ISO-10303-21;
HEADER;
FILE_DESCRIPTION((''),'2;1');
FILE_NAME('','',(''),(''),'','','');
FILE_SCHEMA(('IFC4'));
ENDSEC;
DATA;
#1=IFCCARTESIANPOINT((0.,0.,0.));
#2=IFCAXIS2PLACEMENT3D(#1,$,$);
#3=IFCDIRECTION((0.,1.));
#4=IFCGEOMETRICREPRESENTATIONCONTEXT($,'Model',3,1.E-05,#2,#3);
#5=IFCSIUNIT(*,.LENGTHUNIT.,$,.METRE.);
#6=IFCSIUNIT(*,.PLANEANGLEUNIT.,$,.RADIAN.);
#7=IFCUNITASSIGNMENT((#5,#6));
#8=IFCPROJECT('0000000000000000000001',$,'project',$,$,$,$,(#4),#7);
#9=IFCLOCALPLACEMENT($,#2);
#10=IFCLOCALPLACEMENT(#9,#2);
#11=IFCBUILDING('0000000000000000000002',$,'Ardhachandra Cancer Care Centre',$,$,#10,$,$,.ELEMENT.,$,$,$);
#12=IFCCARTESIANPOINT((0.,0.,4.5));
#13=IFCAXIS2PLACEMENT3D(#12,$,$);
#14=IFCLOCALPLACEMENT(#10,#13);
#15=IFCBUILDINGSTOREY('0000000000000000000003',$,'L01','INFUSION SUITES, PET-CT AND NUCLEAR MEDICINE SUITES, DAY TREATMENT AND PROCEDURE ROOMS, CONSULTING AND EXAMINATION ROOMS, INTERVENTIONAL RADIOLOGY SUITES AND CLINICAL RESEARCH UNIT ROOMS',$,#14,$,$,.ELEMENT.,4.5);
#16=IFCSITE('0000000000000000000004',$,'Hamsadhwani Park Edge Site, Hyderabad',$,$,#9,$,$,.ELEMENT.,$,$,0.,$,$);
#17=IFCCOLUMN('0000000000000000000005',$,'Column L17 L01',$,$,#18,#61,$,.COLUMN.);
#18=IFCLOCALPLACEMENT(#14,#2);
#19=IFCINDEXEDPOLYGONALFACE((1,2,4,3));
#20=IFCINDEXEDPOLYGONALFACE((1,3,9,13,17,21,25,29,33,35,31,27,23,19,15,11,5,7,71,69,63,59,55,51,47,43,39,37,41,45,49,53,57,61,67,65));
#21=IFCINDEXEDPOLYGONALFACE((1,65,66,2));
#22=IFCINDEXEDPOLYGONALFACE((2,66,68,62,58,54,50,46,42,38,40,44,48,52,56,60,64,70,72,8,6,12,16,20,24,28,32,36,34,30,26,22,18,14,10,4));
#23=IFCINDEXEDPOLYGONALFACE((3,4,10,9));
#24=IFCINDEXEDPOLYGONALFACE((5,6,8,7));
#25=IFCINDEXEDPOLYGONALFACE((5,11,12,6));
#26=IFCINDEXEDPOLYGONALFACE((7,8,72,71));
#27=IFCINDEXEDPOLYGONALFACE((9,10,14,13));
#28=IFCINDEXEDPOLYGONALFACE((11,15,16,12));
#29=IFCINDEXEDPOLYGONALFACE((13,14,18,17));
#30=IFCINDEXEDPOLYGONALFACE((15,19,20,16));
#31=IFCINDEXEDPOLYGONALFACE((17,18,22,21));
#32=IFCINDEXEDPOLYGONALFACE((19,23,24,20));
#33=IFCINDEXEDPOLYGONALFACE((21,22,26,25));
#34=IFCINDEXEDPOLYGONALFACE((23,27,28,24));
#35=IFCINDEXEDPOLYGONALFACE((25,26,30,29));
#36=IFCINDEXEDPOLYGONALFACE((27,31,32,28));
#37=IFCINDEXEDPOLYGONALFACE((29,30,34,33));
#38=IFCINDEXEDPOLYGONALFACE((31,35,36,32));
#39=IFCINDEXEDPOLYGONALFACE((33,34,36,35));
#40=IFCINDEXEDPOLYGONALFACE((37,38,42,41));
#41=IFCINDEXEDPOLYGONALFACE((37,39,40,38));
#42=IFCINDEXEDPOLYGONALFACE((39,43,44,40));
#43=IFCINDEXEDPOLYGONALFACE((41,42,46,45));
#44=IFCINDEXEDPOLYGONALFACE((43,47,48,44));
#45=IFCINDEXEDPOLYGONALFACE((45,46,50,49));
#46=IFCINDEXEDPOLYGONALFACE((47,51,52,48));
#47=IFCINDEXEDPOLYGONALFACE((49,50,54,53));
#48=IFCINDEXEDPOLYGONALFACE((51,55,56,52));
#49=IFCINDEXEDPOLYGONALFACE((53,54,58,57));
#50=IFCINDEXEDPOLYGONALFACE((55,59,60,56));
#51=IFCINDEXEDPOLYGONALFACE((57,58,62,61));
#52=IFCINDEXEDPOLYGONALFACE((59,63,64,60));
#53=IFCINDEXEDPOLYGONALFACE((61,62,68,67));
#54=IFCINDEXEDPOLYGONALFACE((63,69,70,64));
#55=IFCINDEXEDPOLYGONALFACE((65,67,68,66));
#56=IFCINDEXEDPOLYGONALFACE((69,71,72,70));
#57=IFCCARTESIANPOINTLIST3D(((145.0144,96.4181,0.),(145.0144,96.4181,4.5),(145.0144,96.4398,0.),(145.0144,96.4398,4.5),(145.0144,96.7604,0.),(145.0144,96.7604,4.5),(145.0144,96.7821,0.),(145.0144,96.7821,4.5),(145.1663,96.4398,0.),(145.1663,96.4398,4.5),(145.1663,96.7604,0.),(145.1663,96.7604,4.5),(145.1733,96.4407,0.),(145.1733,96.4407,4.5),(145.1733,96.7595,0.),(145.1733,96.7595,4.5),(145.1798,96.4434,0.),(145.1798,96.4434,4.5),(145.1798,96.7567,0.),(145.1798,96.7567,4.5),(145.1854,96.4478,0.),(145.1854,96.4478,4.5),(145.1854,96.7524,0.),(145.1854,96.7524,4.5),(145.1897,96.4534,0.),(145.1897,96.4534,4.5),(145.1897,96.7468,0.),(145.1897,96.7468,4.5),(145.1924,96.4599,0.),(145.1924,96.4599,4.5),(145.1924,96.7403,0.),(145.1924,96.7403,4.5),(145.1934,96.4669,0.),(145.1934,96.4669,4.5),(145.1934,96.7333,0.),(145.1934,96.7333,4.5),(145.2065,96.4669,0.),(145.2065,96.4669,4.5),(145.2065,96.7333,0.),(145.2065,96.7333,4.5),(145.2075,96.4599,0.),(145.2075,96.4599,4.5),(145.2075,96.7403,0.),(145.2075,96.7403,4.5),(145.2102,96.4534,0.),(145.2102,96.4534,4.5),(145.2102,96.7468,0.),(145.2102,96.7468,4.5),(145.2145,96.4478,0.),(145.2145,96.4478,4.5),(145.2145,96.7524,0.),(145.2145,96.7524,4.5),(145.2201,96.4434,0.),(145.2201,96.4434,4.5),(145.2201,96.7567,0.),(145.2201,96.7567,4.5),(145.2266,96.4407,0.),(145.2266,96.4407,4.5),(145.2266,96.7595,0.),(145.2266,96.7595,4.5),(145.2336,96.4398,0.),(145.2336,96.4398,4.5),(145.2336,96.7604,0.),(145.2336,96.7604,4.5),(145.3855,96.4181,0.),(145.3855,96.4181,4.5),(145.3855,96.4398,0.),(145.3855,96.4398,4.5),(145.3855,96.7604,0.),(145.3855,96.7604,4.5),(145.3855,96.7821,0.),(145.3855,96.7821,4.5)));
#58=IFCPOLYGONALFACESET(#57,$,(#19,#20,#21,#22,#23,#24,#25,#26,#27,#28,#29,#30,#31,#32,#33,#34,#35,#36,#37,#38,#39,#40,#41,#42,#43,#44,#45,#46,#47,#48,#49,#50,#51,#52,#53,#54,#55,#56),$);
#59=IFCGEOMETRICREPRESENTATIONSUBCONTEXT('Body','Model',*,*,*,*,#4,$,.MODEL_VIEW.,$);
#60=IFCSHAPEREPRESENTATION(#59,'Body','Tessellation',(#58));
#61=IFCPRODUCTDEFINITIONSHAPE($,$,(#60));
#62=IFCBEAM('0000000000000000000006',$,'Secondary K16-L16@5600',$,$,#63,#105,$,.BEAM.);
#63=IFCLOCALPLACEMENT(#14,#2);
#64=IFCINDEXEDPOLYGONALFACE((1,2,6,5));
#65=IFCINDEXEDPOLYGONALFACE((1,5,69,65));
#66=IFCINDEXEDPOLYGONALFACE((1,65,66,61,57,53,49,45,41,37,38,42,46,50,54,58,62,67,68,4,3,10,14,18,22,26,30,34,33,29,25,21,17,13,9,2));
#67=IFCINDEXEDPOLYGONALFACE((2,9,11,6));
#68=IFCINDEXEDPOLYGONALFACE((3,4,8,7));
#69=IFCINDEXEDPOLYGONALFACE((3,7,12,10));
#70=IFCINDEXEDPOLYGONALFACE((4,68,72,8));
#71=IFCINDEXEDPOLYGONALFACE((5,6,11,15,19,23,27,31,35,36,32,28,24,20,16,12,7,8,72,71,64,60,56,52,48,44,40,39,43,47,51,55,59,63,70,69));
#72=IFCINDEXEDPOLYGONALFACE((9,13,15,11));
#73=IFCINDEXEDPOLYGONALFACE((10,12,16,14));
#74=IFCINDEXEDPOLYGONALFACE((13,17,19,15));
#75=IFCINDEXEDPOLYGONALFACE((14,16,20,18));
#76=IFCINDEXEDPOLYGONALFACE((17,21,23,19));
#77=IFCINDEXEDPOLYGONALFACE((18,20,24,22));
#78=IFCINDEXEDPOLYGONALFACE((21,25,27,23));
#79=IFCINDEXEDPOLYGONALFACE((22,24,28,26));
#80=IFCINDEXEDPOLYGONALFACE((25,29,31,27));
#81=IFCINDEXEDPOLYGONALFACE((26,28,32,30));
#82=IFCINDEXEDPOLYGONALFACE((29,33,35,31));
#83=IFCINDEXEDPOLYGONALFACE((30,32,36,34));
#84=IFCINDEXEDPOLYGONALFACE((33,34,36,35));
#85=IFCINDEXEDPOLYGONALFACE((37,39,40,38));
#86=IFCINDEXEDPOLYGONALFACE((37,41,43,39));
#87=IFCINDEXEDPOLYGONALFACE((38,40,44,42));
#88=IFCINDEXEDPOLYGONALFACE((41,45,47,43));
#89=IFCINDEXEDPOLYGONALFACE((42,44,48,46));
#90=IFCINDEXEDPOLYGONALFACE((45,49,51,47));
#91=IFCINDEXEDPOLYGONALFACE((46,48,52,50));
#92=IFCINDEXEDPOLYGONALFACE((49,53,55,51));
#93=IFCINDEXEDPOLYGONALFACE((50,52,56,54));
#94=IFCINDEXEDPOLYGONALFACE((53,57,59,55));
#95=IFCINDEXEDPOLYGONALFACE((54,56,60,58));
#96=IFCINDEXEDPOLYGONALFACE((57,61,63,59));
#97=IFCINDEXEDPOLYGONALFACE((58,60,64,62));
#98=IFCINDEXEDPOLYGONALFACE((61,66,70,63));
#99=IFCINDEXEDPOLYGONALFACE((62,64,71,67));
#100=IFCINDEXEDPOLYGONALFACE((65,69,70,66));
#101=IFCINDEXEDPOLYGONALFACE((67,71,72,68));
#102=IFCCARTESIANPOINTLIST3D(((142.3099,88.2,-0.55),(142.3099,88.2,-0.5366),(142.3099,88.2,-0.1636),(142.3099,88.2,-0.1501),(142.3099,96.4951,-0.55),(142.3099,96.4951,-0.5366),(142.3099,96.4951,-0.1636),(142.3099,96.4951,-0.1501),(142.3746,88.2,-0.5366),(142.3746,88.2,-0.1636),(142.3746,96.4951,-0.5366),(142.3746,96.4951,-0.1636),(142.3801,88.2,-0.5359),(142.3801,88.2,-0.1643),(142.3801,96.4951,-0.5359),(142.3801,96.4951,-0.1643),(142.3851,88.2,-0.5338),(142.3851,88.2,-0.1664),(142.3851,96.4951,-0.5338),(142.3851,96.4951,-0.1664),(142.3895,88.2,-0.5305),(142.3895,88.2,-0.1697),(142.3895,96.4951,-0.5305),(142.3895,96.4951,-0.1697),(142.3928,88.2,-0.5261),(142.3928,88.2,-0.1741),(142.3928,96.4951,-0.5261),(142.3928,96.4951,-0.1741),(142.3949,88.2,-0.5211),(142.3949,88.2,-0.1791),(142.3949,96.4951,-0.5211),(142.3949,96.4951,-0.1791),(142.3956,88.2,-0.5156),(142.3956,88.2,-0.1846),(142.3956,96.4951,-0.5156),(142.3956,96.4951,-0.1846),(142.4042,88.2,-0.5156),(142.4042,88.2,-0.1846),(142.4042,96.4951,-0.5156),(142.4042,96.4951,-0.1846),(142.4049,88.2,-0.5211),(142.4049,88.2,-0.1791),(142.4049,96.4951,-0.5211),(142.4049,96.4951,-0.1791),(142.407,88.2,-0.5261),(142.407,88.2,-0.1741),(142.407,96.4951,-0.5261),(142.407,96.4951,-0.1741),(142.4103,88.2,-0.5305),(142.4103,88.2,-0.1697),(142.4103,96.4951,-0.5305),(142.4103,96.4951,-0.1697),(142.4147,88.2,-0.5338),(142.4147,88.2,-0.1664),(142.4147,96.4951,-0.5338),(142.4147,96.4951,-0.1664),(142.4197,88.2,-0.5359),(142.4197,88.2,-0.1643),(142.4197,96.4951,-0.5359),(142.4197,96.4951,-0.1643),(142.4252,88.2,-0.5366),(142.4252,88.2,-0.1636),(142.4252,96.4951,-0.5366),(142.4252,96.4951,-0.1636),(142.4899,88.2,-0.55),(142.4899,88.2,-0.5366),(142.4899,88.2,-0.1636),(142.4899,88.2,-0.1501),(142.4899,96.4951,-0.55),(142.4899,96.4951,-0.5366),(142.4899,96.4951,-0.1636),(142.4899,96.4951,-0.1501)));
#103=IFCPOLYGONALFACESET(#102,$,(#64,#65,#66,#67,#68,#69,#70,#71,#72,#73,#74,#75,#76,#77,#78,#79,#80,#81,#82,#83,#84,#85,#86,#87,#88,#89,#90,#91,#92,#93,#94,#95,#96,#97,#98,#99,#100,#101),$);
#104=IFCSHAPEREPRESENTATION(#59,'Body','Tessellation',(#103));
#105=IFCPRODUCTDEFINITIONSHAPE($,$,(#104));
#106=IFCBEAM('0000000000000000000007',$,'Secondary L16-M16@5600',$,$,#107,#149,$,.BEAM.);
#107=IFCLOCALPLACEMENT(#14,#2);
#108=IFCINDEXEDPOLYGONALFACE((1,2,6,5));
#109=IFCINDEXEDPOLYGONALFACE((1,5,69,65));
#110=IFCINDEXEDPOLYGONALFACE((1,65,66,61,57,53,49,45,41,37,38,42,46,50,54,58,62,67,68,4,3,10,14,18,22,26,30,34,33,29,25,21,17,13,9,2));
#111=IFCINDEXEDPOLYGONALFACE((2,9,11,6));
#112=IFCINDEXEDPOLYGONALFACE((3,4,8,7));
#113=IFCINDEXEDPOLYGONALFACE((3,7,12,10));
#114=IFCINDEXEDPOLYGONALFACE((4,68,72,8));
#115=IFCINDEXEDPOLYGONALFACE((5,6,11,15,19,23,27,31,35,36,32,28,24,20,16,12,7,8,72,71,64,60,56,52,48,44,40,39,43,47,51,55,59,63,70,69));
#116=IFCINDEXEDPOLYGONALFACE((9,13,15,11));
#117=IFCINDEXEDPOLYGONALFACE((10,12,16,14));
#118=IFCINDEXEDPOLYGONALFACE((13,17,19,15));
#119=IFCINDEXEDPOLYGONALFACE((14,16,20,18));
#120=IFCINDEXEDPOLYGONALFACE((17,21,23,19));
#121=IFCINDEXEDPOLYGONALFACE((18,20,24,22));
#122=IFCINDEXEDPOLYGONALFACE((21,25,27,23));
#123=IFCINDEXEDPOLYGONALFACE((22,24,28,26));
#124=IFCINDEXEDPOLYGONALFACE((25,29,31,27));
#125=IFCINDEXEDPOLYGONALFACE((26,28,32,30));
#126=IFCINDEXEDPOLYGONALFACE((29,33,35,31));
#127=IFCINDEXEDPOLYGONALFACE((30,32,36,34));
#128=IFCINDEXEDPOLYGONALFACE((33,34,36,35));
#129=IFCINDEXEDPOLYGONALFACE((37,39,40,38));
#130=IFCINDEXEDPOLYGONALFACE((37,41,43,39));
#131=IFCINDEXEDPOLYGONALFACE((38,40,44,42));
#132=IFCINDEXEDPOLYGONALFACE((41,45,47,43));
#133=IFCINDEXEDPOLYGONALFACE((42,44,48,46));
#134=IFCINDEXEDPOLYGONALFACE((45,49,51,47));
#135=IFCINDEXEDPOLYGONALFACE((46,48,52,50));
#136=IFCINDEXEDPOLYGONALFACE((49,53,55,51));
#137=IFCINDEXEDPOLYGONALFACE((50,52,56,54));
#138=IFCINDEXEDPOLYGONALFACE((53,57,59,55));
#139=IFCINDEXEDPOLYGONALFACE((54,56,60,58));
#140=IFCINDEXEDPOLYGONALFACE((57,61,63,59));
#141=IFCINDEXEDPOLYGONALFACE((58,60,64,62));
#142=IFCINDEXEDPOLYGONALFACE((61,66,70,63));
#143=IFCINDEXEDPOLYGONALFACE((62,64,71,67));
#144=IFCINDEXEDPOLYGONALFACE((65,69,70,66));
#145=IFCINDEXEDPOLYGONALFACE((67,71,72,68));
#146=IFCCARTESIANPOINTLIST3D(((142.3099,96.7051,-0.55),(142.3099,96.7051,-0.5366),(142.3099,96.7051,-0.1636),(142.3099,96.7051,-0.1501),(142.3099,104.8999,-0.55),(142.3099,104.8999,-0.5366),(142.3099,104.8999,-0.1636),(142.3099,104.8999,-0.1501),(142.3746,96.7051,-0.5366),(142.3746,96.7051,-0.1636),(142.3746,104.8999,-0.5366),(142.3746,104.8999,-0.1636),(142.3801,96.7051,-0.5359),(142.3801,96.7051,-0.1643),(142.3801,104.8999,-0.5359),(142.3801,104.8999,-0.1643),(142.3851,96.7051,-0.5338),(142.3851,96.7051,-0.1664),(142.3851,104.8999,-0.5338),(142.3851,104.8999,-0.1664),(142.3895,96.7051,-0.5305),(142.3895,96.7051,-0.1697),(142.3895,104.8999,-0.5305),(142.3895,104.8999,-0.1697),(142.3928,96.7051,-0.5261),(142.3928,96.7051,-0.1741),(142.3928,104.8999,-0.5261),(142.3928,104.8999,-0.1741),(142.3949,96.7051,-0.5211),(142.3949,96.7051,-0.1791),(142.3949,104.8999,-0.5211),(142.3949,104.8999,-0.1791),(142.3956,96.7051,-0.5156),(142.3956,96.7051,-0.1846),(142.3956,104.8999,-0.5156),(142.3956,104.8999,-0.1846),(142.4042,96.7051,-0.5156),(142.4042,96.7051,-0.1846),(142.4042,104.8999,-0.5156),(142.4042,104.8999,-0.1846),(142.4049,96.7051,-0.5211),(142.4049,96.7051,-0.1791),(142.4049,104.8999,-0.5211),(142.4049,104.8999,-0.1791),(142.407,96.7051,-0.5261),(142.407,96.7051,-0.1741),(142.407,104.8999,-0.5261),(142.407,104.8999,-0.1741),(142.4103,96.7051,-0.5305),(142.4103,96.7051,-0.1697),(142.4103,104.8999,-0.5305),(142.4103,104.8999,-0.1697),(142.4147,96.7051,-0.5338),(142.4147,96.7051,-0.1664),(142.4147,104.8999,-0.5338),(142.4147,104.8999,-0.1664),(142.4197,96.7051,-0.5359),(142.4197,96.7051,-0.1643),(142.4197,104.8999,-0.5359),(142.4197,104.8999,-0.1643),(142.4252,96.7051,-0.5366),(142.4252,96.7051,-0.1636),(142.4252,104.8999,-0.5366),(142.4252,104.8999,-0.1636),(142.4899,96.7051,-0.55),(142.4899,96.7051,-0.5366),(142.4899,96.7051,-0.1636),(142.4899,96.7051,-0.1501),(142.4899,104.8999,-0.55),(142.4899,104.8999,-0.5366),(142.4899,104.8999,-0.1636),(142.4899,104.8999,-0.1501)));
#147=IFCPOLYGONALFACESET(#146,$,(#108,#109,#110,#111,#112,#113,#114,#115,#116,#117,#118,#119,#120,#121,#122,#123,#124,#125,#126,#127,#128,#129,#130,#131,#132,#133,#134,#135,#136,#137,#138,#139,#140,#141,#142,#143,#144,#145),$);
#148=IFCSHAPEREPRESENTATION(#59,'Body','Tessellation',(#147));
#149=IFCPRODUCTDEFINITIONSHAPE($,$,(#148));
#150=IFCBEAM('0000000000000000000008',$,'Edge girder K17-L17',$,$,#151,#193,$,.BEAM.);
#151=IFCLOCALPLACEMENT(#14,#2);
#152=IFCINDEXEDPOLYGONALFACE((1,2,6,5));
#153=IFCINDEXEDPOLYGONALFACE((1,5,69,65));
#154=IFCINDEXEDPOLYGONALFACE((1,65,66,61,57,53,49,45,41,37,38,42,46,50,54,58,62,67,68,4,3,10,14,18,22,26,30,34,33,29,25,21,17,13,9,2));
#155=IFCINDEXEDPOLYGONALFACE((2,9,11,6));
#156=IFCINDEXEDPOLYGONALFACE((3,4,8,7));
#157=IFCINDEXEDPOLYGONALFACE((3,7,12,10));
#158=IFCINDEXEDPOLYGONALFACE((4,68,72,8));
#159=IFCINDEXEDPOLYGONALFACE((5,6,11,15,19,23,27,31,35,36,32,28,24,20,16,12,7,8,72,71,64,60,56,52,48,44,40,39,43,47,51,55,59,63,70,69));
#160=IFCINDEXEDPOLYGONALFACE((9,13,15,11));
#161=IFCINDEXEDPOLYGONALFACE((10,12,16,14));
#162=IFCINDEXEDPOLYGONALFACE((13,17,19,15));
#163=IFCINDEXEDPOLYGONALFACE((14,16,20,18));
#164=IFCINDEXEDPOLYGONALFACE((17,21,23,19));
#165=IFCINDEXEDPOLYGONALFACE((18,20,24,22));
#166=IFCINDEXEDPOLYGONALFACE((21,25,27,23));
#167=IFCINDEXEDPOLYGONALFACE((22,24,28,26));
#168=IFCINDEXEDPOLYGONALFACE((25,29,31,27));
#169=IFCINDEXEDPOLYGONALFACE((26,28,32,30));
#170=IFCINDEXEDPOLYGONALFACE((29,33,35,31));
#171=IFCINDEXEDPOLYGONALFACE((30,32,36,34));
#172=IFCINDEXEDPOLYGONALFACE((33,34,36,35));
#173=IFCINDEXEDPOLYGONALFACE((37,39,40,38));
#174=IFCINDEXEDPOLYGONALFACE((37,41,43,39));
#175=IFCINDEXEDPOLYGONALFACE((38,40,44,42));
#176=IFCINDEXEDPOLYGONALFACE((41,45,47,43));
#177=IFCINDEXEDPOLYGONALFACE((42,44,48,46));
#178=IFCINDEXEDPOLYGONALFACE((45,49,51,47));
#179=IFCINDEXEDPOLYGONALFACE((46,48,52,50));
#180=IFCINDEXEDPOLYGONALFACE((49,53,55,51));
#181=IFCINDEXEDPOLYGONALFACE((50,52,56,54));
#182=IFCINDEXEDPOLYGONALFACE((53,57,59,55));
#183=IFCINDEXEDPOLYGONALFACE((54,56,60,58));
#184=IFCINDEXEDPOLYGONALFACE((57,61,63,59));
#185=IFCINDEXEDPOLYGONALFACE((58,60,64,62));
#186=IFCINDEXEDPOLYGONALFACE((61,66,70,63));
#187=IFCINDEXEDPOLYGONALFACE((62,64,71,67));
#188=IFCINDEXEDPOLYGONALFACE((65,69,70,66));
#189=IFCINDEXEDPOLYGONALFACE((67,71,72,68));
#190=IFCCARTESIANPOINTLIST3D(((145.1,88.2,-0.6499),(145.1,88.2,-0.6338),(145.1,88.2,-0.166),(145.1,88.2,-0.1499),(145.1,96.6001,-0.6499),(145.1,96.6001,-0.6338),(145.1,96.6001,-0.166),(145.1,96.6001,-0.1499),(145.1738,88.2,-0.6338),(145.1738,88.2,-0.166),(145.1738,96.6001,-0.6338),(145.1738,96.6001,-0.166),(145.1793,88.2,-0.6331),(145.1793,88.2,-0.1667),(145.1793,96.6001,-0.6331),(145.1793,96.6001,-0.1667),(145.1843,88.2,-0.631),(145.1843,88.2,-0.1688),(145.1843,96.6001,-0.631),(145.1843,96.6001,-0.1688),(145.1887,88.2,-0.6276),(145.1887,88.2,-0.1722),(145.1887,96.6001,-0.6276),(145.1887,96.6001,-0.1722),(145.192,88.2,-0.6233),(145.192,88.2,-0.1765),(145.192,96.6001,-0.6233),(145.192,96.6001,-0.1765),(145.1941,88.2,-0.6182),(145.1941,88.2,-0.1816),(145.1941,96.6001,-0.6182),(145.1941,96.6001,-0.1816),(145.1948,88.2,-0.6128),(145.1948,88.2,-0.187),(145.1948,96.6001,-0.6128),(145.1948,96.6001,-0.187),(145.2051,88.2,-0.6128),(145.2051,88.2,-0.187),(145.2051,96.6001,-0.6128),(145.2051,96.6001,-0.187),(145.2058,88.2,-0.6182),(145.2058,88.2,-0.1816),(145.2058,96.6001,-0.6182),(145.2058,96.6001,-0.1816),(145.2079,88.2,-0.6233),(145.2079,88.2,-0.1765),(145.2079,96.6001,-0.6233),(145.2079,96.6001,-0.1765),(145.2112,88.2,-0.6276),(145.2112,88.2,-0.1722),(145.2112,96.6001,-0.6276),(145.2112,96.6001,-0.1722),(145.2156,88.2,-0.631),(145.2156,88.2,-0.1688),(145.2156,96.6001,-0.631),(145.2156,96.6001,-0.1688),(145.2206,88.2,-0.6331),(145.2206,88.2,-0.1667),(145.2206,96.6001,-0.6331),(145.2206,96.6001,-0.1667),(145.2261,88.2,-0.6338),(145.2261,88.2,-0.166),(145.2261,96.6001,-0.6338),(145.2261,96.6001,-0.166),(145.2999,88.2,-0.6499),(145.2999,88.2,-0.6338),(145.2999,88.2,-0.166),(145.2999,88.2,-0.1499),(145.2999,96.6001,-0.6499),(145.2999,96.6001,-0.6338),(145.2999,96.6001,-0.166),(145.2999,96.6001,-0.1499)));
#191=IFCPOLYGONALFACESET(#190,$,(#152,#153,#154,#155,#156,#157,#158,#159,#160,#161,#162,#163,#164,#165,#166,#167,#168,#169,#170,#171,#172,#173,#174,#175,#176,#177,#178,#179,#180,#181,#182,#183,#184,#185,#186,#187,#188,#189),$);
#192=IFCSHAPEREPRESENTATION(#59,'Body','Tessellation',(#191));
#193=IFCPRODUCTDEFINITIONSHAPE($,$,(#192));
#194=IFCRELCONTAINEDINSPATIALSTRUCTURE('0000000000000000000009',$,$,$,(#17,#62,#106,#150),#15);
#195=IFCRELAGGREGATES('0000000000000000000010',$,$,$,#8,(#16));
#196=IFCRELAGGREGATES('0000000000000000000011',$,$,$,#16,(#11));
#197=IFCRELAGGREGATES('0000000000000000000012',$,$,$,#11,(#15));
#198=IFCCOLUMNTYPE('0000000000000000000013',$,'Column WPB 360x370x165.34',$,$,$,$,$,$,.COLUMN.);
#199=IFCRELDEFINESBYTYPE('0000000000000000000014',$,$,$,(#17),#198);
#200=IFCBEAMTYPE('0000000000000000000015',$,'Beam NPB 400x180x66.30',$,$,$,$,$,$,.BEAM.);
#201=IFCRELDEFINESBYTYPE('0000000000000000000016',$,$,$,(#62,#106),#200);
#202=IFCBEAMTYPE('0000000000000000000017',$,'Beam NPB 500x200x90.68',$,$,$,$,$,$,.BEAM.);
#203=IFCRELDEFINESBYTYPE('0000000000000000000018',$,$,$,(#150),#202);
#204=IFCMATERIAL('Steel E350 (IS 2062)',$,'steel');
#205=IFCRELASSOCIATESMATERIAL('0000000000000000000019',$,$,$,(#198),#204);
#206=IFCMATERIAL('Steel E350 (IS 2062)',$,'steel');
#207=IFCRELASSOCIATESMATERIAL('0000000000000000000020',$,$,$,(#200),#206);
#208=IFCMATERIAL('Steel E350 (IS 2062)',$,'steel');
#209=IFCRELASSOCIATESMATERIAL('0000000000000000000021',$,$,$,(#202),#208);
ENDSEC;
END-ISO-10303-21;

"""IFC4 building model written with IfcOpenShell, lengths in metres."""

from ifc_helpers import new_model, si_unit, direction, frame, origin, origin_2d, place, context, subcontext, project, spatial, i_section, extrude, material, material_profile, profile_set, type_object, element, save


model = new_model("IFC4")

# Units and contexts
model_context = context("Model", 3, precision=1e-05, world=origin(), true_north=direction((0.0, 1.0)))
body_context = subcontext(model_context, "Body", "Model", "MODEL_VIEW")
ifc_project = project(units=[si_unit("LENGTHUNIT", "METRE"), si_unit("PLANEANGLEUNIT", "RADIAN")], contexts=[model_context])

# Site, building, storey
site_placement = place(None, origin())
site = spatial("IfcSite", under=ifc_project, at=site_placement, Name="Hamsadhwani Park Edge Site, Hyderabad", CompositionType="ELEMENT", RefElevation=0.0)
building_placement = place(site_placement, origin())
building = spatial("IfcBuilding", under=site, at=building_placement, Name="Ardhachandra Cancer Care Centre", CompositionType="ELEMENT")
storey_placement = place(building_placement, frame((0.0, 0.0, 4.5)))
storey = spatial("IfcBuildingStorey", under=building, at=storey_placement, Name="L01", Description="INFUSION SUITES, PET-CT AND NUCLEAR MEDICINE SUITES, DAY TREATMENT AND PROCEDURE ROOMS, CONSULTING AND EXAMINATION ROOMS, INTERVENTIONAL RADIOLOGY SUITES AND CLINICAL RESEARCH UNIT ROOMS", CompositionType="ELEMENT", Elevation=4.5)

# Column
ifc_material_1 = material(Name="Steel E350 (IS 2062)", Category="steel")
ifc_material_profile_1 = material_profile(ifc_material_1, i_section(OverallWidth=0.3711, OverallDepth=0.364, WebThickness=0.0132, FlangeThickness=0.0217, FilletRadius=0.0271, at=origin_2d()), Name="WPB 360x370x165.34")
ifc_profile_set_1 = profile_set([ifc_material_profile_1], Name="Steel E350 (IS 2062)")
column_type = type_object("IfcColumnType", Name="Column WPB 360x370x165.34", PredefinedType="COLUMN", material=ifc_profile_set_1)
column_placement = place(storey_placement, frame((145.2, 96.6001, 0.0), z_axis=(0.0, 0.0, 1.0), x_axis=(1.0, 0.0, 0.0)))
element("IfcColumn", 1, at=column_placement, inside=storey, type_object=column_type, Name="Column L17 L01", PredefinedType="COLUMN", context=body_context, shape_type="SweptSolid", body=[
    extrude(i_section(OverallWidth=0.3711, OverallDepth=0.364, WebThickness=0.0132, FlangeThickness=0.0217, FilletRadius=0.0271, at=origin_2d()), origin(), (0.0, 0.0, 1.0), 4.5),
])

# Beams
ifc_material_2 = material(Name="Steel E350 (IS 2062)", Category="steel")
ifc_material_profile_2 = material_profile(ifc_material_2, i_section(OverallWidth=0.1799, OverallDepth=0.3999, WebThickness=0.0085, FlangeThickness=0.0134, FilletRadius=0.021, at=origin_2d()), Name="NPB 400x180x66.30")
ifc_profile_set_2 = profile_set([ifc_material_profile_2], Name="Steel E350 (IS 2062)")
beam_type_1 = type_object("IfcBeamType", Name="Beam NPB 400x180x66.30", PredefinedType="BEAM", material=ifc_profile_set_2)
beam_1_placement = place(storey_placement, frame((142.3999, 88.2, -0.3501), z_axis=(0.0, 1.0, 0.0), x_axis=(-1.0, 0.0, 0.0)))
element("IfcBeam", 2, at=beam_1_placement, inside=storey, type_object=beam_type_1, Name="Secondary K16-L16@5600", PredefinedType="BEAM", context=body_context, shape_type="SweptSolid", body=[
    extrude(i_section(OverallWidth=0.1799, OverallDepth=0.3999, WebThickness=0.0085, FlangeThickness=0.0134, FilletRadius=0.021, at=origin_2d()), origin(), (0.0, 0.0, 1.0), 8.2952),
])
beam_2_placement = place(storey_placement, frame((142.3999, 96.7051, -0.3501), z_axis=(0.0, 1.0, 0.0), x_axis=(-1.0, 0.0, 0.0)))
element("IfcBeam", 3, at=beam_2_placement, inside=storey, type_object=beam_type_1, Name="Secondary L16-M16@5600", PredefinedType="BEAM", context=body_context, shape_type="SweptSolid", body=[
    extrude(i_section(OverallWidth=0.1799, OverallDepth=0.3999, WebThickness=0.0085, FlangeThickness=0.0134, FilletRadius=0.021, at=origin_2d()), origin(), (0.0, 0.0, 1.0), 8.1948),
])
ifc_material_3 = material(Name="Steel E350 (IS 2062)", Category="steel")
ifc_material_profile_3 = material_profile(ifc_material_3, i_section(OverallWidth=0.2, OverallDepth=0.5, WebThickness=0.0103, FlangeThickness=0.0161, FilletRadius=0.021, at=origin_2d()), Name="NPB 500x200x90.68")
ifc_profile_set_3 = profile_set([ifc_material_profile_3], Name="Steel E350 (IS 2062)")
beam_type_2 = type_object("IfcBeamType", Name="Beam NPB 500x200x90.68", PredefinedType="BEAM", material=ifc_profile_set_3)
beam_3_placement = place(storey_placement, frame((145.2, 88.2, -0.3999), z_axis=(0.0, 1.0, 0.0), x_axis=(-1.0, 0.0, 0.0)))
element("IfcBeam", 4, at=beam_3_placement, inside=storey, type_object=beam_type_2, Name="Edge girder K17-L17", PredefinedType="BEAM", context=body_context, shape_type="SweptSolid", body=[
    extrude(i_section(OverallWidth=0.2, OverallDepth=0.5, WebThickness=0.0103, FlangeThickness=0.0161, FilletRadius=0.021, at=origin_2d()), origin(), (0.0, 0.0, 1.0), 8.4001),
])

save(model, "model.ifc")
